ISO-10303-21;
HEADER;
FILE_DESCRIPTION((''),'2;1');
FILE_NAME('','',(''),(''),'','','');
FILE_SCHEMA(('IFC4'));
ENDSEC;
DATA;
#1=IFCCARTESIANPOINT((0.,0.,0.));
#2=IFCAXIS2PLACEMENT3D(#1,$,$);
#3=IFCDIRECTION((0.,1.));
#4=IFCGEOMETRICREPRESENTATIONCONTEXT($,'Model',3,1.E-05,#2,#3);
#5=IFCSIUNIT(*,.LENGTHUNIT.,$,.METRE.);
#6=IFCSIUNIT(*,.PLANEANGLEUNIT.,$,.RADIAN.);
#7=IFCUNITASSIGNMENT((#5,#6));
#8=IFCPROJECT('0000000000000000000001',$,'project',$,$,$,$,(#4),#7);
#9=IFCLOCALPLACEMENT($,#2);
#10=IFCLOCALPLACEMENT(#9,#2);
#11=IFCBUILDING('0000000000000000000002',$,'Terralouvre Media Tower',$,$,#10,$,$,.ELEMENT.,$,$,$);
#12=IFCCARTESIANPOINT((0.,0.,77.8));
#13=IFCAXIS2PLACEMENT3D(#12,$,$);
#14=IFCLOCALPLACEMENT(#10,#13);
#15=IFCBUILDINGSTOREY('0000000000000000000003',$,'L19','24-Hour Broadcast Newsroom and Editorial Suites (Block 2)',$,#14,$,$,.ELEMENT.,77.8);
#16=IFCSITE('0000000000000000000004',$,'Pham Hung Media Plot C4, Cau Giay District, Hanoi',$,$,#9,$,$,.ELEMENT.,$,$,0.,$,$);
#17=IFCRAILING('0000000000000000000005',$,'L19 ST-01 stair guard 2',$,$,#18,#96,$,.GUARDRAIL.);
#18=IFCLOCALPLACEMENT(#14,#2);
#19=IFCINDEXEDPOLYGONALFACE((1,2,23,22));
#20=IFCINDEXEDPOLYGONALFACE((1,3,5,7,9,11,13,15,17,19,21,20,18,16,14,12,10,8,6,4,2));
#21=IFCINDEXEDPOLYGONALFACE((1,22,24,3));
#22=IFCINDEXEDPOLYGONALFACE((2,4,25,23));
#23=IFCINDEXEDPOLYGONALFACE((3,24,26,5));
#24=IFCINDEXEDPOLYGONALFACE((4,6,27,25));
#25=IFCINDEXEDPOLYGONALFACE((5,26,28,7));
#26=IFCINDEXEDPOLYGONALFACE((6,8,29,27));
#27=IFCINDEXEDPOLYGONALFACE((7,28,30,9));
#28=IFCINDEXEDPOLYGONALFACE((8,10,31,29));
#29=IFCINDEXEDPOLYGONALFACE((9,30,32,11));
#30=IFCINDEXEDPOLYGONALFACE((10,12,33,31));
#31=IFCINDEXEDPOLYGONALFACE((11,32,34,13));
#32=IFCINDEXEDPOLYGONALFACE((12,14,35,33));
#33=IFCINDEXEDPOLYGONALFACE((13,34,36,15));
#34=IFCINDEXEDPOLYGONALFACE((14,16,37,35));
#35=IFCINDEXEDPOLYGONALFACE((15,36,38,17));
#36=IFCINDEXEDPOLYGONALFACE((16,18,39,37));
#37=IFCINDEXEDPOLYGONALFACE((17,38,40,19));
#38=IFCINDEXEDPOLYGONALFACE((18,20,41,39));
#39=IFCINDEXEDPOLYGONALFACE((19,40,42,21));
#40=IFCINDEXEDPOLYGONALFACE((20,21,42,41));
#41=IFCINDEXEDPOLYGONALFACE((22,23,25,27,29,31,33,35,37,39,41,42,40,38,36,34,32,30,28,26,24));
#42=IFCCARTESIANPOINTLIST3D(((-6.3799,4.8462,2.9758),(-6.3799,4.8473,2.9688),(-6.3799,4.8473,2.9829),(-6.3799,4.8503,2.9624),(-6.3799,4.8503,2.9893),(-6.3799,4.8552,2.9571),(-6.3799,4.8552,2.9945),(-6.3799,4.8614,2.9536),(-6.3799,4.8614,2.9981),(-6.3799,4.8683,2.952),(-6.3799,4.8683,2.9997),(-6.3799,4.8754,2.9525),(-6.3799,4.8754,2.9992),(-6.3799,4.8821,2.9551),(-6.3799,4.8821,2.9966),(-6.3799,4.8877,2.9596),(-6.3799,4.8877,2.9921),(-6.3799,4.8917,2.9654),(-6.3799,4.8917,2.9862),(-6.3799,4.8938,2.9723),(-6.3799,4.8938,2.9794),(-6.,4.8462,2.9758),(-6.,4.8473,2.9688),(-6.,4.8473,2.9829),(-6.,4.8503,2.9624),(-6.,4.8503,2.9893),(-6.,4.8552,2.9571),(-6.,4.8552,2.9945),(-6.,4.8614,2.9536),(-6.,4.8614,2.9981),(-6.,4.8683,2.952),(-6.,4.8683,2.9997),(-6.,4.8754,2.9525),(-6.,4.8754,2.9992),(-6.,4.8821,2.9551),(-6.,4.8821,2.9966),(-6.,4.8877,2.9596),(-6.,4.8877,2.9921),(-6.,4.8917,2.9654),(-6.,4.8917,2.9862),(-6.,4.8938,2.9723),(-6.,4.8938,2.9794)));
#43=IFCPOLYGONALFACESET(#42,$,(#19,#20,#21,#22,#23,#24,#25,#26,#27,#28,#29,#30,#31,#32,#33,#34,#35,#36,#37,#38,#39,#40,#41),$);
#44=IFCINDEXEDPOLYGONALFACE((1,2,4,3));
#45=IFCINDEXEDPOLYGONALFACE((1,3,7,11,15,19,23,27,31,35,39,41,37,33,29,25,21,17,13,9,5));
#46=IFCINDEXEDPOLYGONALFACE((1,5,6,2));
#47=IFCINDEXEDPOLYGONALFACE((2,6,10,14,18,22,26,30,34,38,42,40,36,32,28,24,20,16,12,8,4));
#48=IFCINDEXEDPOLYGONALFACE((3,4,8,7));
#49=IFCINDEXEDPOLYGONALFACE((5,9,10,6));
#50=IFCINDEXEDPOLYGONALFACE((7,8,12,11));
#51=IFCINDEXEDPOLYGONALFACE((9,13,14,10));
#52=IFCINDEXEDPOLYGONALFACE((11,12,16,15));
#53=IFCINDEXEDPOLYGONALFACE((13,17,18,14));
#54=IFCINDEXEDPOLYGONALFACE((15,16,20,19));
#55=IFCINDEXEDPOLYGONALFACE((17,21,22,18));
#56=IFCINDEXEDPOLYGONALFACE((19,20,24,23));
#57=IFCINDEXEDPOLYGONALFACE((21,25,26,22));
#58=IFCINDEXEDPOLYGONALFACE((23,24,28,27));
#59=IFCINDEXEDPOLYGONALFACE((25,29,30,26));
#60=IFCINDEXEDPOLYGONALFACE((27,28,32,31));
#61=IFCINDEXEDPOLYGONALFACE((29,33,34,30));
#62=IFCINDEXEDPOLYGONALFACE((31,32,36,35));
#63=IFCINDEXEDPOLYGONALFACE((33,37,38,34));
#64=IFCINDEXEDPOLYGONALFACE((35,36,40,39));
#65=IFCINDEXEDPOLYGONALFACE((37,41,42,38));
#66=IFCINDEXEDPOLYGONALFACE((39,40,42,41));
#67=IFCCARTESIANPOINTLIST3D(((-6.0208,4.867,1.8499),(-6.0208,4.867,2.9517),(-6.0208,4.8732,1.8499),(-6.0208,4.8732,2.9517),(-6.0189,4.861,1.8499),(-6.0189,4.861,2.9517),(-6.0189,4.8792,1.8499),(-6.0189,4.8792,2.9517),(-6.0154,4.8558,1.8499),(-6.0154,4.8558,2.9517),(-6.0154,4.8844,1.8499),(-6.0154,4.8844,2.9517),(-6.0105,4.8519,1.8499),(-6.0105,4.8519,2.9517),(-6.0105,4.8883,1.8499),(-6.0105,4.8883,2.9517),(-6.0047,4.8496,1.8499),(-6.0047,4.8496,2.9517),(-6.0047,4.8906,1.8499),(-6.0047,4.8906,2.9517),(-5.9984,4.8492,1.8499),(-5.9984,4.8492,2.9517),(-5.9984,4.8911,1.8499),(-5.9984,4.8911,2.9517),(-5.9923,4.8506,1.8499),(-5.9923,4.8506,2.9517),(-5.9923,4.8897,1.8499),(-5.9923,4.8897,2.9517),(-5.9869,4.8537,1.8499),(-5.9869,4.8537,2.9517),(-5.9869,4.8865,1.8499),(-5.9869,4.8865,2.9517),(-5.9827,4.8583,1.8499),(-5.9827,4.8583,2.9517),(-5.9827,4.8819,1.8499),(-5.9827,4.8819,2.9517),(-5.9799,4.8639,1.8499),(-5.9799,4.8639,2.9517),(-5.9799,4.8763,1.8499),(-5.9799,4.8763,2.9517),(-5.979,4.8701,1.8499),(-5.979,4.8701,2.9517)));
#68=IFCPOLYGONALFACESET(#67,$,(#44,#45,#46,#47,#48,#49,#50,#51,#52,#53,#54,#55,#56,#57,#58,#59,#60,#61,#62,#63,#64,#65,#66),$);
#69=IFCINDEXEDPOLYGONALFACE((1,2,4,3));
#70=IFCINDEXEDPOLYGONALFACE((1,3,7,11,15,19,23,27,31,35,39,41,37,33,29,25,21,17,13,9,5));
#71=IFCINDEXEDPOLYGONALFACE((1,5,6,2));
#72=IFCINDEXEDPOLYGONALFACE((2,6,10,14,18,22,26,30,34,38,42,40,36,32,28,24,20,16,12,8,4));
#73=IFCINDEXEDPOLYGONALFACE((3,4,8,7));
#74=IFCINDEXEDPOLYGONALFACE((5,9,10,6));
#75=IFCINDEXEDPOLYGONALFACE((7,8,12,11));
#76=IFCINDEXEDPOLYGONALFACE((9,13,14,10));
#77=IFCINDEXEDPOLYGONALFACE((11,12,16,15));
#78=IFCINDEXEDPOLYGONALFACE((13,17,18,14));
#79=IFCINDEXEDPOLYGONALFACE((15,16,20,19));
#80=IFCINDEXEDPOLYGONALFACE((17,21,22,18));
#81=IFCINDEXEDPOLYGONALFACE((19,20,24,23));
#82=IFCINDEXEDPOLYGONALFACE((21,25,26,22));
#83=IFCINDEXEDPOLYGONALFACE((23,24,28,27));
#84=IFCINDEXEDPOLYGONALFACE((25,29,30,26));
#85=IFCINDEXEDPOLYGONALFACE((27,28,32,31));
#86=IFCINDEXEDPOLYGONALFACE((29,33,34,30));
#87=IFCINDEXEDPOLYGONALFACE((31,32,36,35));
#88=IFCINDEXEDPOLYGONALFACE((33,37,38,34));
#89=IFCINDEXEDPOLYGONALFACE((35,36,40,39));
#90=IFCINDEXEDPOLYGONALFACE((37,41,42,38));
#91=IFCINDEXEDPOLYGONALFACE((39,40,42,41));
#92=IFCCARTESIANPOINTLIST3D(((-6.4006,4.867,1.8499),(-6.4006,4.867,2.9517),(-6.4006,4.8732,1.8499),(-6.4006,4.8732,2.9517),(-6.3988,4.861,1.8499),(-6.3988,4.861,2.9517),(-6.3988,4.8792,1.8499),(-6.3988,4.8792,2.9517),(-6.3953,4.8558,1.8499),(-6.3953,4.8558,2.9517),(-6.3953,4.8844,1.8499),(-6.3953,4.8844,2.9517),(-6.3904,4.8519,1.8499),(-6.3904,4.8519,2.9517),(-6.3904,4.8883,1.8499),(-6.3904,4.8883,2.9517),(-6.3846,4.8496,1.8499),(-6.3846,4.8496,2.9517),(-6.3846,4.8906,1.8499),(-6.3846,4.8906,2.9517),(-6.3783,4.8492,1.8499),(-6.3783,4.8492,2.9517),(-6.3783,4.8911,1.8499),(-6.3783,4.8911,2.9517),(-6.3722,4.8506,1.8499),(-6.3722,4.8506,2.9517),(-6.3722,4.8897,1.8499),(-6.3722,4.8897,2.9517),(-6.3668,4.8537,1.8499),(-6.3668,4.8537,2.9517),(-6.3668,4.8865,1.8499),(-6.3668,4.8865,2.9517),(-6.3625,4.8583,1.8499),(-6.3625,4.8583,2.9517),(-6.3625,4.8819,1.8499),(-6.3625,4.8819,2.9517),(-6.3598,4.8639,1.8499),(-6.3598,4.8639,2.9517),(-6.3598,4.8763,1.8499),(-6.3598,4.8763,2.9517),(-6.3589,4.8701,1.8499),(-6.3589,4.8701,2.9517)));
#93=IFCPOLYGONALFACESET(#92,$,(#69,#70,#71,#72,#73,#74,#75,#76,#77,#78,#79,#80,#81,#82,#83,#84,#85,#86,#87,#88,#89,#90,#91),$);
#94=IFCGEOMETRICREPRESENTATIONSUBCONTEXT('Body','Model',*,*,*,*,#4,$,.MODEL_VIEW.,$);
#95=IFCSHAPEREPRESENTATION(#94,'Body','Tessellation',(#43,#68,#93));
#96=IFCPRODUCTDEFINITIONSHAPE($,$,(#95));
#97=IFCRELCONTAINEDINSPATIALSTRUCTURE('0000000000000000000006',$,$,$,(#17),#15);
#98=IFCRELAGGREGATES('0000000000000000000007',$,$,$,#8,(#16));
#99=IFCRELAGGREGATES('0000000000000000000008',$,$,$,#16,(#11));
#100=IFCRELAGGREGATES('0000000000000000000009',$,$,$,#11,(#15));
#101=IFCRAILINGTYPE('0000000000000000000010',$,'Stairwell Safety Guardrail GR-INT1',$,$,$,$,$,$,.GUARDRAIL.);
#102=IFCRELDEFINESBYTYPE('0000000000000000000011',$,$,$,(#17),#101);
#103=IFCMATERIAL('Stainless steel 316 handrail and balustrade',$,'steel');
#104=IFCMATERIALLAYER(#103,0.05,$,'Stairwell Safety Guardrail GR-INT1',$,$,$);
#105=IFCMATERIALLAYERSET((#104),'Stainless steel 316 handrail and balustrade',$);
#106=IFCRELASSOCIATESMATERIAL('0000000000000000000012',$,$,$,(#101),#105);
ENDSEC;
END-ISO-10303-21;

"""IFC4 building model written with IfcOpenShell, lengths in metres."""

from ifc_helpers import new_model, si_unit, direction, frame, origin, origin_2d, place, context, subcontext, project, spatial, circle, extrude, material, layer, layer_set, type_object, element, save


model = new_model("IFC4")

# Units and contexts
model_context = context("Model", 3, precision=1e-05, world=origin(), true_north=direction((0.0, 1.0)))
body_context = subcontext(model_context, "Body", "Model", "MODEL_VIEW")
ifc_project = project(units=[si_unit("LENGTHUNIT", "METRE"), si_unit("PLANEANGLEUNIT", "RADIAN")], contexts=[model_context])

# Site, building, storey
site_placement = place(None, origin())
site = spatial("IfcSite", under=ifc_project, at=site_placement, Name="Pham Hung Media Plot C4, Cau Giay District, Hanoi", CompositionType="ELEMENT", RefElevation=0.0)
building_placement = place(site_placement, origin())
building = spatial("IfcBuilding", under=site, at=building_placement, Name="Terralouvre Media Tower", CompositionType="ELEMENT")
storey_placement = place(building_placement, frame((0.0, 0.0, 77.8)))
storey = spatial("IfcBuildingStorey", under=building, at=storey_placement, Name="L19", Description="24-Hour Broadcast Newsroom and Editorial Suites (Block 2)", CompositionType="ELEMENT", Elevation=77.8)

# Railing
ifc_material_1 = material(Name="Stainless steel 316 handrail and balustrade", Category="steel")
ifc_layer_1 = layer(ifc_material_1, 0.05, Name="Stairwell Safety Guardrail GR-INT1")
ifc_layer_set_1 = layer_set([ifc_layer_1], Name="Stainless steel 316 handrail and balustrade")
railing_type_1 = type_object("IfcRailingType", Name="Stairwell Safety Guardrail GR-INT1", PredefinedType="GUARDRAIL", material=ifc_layer_set_1)
railing_1_placement = place(storey_placement, frame((-6.0, 4.8701, 1.8499)))
element("IfcRailing", 1, at=railing_1_placement, inside=storey, type_object=railing_type_1, Name="L19 ST-01 stair guard 2", PredefinedType="GUARDRAIL", context=body_context, shape_type="SweptSolid", body=[
    extrude(circle(Radius=0.0239, at=origin_2d()), frame((0.0, 0.0, 1.126), z_axis=(-1.0, 0.0, 0.0), x_axis=(0.0, -1.0, 0.0)), (0.0, 0.0, 1.0), 0.3799),
    extrude(circle(Radius=0.021, at=origin_2d()), origin(), (0.0, 0.0, 1.0), 1.1018),
    extrude(circle(Radius=0.021, at=origin_2d()), frame((-0.3799, 0.0, 0.0)), (0.0, 0.0, 1.0), 1.1018),
])

save(model, "model.ifc")
